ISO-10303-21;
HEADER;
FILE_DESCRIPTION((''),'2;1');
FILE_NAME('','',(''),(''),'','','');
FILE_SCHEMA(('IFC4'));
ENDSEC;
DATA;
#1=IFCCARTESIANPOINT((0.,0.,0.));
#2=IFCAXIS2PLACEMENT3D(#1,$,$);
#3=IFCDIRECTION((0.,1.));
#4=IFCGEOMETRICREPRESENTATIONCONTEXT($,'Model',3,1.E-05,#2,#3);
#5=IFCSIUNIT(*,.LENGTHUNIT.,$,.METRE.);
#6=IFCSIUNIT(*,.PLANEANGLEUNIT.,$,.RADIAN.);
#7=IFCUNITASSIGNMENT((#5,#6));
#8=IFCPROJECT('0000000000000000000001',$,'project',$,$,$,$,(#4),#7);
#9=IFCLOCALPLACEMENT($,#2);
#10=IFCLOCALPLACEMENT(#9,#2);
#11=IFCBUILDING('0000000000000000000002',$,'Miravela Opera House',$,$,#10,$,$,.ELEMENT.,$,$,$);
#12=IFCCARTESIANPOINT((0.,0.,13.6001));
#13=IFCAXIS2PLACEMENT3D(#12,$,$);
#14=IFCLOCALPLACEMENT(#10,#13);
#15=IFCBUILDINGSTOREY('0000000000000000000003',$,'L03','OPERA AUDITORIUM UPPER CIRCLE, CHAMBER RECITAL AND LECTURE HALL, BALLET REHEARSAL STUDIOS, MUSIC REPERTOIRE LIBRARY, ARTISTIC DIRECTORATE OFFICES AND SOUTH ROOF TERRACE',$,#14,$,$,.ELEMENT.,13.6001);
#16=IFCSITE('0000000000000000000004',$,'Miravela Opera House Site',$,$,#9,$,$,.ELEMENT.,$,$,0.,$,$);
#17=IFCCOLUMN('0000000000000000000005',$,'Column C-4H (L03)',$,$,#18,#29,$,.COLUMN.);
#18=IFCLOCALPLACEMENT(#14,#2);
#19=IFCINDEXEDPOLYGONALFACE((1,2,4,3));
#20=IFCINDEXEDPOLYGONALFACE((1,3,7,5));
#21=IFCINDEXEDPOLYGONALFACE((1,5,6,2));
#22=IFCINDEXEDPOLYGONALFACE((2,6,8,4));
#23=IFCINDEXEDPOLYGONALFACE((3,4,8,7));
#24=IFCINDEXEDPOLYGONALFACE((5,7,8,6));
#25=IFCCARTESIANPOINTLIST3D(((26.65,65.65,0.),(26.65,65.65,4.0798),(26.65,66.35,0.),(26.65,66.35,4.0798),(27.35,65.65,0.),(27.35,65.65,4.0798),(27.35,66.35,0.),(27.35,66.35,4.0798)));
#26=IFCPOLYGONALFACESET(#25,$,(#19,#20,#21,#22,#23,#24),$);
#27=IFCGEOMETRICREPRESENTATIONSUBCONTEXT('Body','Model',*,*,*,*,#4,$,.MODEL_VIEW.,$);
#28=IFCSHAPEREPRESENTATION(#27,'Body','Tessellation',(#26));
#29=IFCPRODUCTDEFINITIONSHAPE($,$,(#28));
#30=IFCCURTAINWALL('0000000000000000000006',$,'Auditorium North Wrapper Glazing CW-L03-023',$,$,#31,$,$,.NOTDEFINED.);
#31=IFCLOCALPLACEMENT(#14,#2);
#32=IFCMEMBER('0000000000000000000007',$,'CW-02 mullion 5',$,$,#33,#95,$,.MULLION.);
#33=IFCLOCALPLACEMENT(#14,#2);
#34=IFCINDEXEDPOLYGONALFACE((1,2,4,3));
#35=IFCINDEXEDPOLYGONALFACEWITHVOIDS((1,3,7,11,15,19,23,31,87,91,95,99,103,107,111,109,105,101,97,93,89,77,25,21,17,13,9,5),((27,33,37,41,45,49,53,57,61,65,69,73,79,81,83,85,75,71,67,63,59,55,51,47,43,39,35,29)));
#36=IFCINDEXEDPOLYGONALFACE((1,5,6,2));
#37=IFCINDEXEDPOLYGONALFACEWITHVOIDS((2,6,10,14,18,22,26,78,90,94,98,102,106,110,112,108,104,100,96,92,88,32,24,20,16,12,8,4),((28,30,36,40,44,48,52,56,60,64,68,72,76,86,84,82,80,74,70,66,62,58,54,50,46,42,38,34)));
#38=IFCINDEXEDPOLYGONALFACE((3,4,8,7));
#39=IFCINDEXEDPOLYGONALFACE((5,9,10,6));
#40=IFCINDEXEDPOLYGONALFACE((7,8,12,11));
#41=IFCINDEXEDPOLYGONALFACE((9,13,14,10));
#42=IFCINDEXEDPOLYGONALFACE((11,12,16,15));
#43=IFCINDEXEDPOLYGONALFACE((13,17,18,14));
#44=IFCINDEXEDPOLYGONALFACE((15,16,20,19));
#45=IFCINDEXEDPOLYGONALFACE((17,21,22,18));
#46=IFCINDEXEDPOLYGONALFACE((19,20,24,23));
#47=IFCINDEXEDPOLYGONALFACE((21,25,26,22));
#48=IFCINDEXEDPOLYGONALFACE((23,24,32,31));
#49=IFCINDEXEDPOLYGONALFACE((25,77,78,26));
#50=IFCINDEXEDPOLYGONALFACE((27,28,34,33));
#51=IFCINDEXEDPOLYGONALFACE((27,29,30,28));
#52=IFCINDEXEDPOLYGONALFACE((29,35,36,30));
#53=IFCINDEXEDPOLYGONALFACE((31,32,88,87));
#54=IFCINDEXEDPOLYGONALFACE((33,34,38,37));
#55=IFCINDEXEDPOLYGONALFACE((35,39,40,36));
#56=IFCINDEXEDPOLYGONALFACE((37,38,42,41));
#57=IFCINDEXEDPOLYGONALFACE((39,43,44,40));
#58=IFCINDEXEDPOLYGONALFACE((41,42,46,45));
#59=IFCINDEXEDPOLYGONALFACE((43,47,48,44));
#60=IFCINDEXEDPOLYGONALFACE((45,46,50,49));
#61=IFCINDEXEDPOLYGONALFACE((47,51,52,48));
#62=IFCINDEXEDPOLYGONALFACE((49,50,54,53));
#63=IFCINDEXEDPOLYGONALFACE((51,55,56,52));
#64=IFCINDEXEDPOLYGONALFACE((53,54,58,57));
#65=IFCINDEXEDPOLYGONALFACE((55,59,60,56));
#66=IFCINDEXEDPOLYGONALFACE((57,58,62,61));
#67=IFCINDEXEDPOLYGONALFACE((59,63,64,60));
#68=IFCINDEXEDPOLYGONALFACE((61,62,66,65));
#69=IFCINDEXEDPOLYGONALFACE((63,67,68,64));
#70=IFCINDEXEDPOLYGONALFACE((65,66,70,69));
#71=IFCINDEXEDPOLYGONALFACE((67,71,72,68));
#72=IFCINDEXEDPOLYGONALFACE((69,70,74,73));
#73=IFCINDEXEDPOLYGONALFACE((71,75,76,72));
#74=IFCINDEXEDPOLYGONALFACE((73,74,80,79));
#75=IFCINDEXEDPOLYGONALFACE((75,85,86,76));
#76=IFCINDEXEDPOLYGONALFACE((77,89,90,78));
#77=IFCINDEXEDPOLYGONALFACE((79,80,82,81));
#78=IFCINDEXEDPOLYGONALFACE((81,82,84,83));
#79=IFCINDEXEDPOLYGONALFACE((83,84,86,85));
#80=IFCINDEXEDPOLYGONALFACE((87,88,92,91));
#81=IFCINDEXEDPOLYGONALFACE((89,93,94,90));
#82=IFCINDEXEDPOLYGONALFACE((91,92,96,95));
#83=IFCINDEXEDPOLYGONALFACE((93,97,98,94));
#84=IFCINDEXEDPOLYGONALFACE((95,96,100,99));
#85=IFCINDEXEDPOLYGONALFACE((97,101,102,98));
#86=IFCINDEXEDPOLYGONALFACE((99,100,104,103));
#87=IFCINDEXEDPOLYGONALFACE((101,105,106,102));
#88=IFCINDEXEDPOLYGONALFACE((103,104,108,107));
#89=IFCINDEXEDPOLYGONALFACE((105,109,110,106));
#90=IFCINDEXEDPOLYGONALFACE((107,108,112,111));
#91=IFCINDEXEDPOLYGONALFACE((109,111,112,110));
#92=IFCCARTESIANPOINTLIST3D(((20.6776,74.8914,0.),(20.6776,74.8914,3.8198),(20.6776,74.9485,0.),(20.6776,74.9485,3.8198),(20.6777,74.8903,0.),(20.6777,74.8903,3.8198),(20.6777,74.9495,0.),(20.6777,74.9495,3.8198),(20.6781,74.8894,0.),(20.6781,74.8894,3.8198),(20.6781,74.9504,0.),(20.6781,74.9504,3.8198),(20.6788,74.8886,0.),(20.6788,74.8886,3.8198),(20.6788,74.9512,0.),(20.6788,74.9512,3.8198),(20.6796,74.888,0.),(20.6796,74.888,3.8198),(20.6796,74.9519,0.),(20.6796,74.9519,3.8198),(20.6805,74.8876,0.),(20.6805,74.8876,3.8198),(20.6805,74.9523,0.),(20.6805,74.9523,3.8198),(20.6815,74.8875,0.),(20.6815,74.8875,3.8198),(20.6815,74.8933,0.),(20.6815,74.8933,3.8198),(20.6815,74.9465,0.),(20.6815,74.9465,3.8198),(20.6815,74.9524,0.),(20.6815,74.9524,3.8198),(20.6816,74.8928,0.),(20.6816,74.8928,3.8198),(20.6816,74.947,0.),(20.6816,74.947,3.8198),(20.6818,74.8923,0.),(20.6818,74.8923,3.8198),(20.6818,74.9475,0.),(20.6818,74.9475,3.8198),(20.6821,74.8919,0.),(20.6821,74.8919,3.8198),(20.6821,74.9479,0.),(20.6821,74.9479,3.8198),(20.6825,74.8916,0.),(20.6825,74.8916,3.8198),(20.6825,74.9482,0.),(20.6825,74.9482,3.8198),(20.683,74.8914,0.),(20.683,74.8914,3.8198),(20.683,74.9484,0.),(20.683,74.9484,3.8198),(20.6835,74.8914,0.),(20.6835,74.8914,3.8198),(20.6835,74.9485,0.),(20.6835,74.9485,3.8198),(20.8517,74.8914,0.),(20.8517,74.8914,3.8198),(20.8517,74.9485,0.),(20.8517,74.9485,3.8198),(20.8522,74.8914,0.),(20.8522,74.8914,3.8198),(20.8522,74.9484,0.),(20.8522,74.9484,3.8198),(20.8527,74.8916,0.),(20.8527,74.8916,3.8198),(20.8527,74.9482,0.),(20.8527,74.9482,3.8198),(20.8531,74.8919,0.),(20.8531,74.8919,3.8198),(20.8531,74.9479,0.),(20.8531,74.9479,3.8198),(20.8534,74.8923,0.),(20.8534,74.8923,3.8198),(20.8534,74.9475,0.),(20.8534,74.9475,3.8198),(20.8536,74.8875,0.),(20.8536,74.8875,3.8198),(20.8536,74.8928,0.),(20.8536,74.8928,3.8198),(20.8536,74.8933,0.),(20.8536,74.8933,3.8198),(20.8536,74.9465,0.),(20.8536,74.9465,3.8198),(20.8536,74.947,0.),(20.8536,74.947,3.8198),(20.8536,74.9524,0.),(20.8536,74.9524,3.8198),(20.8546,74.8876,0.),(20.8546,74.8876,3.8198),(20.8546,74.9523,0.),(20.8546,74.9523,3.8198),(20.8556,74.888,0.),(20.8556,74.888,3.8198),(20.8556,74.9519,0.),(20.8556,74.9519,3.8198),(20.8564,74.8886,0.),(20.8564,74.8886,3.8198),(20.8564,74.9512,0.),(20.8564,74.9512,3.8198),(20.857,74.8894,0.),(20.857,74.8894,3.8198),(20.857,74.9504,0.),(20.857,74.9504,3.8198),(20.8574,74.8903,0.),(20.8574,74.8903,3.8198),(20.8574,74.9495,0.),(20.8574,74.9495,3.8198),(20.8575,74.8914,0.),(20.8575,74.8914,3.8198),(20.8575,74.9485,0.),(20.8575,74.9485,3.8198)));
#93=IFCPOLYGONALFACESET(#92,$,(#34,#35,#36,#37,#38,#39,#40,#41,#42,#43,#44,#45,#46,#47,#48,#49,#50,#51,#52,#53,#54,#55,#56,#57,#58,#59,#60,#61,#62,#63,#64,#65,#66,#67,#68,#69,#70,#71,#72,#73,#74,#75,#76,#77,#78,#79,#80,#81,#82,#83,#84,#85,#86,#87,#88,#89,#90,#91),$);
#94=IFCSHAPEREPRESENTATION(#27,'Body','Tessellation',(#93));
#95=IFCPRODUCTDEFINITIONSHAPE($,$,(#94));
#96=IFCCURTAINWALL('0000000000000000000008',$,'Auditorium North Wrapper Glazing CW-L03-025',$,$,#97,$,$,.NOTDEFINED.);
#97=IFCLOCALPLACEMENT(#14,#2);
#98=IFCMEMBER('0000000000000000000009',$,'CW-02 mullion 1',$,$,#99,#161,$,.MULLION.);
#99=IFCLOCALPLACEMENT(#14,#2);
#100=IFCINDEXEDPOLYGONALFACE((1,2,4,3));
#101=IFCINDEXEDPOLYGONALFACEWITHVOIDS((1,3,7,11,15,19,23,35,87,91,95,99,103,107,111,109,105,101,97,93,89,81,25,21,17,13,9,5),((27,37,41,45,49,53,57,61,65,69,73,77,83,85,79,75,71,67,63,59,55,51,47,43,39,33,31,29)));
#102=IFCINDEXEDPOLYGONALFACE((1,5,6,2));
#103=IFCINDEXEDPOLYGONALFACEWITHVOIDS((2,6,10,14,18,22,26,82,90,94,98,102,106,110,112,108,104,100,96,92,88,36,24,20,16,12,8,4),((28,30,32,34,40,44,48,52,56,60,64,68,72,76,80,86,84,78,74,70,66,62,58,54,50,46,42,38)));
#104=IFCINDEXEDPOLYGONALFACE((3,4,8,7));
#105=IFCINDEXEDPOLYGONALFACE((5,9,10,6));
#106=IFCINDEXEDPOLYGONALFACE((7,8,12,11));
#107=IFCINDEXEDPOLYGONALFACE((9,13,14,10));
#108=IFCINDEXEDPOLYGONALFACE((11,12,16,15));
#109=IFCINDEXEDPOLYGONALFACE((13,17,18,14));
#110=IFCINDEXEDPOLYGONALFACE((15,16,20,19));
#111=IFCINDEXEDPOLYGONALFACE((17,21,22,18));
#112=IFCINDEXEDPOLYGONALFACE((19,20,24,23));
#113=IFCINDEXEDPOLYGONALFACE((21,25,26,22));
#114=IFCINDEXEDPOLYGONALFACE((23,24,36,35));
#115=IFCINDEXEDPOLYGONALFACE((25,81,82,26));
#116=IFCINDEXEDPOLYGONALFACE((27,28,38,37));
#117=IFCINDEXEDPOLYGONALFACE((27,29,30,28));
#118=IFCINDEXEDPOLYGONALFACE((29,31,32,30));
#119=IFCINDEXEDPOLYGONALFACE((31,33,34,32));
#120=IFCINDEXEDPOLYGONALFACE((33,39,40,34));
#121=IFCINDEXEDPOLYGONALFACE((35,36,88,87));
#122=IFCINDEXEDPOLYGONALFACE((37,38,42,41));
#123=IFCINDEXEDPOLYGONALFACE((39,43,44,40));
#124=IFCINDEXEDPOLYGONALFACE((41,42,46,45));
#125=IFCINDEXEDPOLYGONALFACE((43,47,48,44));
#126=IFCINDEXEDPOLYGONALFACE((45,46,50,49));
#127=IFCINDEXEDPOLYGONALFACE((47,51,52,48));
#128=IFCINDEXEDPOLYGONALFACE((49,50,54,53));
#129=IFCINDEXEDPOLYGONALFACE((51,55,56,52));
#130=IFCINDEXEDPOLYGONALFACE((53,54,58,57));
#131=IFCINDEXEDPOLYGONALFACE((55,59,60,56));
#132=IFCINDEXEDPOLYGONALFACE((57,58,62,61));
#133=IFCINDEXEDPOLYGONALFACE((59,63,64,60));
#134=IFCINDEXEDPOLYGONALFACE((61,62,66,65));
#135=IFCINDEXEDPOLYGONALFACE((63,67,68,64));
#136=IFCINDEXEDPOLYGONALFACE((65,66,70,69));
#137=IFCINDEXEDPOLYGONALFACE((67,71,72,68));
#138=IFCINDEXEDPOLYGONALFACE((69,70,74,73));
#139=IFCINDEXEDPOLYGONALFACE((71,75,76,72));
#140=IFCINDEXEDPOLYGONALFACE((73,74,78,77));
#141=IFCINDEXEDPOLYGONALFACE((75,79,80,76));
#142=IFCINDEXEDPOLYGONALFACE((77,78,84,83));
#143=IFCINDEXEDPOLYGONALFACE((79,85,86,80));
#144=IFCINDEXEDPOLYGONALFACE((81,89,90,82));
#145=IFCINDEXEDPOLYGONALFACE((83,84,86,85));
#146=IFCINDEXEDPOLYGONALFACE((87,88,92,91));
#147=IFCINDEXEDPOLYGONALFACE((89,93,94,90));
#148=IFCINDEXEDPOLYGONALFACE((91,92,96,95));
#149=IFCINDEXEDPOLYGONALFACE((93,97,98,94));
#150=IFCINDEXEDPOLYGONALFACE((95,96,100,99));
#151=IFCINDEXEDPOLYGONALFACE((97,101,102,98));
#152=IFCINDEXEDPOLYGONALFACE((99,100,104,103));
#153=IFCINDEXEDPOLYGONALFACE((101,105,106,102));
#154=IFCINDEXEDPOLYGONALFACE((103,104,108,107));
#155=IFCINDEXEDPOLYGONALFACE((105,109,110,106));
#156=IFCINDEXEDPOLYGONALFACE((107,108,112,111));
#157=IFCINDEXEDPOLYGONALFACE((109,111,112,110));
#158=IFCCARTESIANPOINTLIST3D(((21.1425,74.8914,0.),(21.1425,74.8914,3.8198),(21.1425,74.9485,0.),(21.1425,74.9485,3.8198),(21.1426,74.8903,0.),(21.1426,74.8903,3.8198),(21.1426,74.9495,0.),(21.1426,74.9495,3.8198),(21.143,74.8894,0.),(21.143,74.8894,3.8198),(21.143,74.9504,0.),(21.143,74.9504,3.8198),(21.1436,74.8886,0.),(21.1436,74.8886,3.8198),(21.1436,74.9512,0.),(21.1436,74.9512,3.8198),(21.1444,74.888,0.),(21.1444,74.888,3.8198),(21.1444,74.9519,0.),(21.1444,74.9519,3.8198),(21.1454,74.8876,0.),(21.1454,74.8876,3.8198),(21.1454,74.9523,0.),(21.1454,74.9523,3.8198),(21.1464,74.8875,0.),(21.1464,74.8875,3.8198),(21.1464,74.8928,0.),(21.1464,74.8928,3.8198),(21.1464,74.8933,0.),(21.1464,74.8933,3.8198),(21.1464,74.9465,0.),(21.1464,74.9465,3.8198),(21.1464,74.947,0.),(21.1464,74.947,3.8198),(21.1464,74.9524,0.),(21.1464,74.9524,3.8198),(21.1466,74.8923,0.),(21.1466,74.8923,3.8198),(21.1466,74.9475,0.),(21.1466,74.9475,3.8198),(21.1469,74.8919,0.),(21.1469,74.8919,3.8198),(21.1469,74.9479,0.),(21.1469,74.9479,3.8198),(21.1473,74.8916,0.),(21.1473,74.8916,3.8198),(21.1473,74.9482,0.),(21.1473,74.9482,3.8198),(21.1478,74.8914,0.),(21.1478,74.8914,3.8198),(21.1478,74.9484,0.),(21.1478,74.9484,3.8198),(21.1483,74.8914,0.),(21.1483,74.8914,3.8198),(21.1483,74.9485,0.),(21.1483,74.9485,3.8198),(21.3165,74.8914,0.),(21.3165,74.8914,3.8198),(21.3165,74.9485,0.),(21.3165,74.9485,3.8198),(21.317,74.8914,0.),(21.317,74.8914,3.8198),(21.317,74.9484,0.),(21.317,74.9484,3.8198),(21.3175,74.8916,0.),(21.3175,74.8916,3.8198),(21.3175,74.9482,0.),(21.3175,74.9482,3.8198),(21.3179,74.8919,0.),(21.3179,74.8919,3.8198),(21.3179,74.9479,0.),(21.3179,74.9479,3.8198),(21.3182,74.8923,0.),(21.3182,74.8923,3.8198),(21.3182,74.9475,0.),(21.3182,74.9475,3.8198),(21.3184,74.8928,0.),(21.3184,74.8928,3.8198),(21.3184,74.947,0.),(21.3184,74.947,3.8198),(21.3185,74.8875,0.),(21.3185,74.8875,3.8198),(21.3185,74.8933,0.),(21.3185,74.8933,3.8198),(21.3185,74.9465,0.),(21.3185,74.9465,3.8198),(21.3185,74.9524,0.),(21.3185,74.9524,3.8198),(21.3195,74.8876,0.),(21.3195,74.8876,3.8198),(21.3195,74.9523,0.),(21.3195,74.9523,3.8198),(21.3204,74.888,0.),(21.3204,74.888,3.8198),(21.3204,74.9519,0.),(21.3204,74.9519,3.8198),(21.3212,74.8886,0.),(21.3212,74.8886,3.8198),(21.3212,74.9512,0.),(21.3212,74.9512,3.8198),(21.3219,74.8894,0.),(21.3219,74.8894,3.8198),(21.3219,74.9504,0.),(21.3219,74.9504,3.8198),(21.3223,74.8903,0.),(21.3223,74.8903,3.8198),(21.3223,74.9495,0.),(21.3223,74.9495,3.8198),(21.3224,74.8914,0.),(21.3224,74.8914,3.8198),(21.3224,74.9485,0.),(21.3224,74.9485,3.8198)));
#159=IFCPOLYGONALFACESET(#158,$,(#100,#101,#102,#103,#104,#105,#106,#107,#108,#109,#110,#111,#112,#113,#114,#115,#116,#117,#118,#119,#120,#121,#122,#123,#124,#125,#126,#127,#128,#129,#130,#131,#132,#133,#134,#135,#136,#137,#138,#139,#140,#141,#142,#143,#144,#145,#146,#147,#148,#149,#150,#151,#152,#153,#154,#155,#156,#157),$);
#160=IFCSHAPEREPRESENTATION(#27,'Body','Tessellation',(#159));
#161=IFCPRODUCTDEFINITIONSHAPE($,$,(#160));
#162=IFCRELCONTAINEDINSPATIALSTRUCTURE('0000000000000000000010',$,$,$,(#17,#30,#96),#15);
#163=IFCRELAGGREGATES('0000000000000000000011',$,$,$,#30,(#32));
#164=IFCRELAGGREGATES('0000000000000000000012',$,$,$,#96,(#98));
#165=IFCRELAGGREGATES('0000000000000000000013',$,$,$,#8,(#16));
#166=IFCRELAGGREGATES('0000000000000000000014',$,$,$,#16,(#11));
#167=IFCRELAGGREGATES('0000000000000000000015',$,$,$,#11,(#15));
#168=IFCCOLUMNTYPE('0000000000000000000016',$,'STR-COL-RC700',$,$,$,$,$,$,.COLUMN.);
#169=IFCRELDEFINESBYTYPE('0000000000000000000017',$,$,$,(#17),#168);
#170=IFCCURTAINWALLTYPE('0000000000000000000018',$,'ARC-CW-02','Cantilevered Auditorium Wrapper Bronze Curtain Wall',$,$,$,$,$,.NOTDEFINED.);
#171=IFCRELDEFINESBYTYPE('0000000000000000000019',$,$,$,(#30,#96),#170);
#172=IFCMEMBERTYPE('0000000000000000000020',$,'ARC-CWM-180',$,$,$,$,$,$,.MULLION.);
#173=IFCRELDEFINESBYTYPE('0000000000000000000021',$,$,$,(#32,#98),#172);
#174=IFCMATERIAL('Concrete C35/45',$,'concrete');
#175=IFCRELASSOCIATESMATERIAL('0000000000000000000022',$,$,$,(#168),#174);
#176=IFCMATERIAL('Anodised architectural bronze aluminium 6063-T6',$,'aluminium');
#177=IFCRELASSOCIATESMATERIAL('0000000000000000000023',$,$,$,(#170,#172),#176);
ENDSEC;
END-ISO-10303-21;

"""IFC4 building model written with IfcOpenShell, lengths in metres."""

from ifc_helpers import new_model, si_unit, direction, frame, origin, origin_2d, place, context, subcontext, project, spatial, rectangle, hollow_rectangle, extrude, material, material_profile, profile_set, type_object, element, aggregate, save


model = new_model("IFC4")

# Units and contexts
model_context = context("Model", 3, precision=1e-05, world=origin(), true_north=direction((0.0, 1.0)))
body_context = subcontext(model_context, "Body", "Model", "MODEL_VIEW")
ifc_project = project(units=[si_unit("LENGTHUNIT", "METRE"), si_unit("PLANEANGLEUNIT", "RADIAN")], contexts=[model_context])

# Site, building, storey
site_placement = place(None, origin())
site = spatial("IfcSite", under=ifc_project, at=site_placement, Name="Miravela Opera House Site", CompositionType="ELEMENT", RefElevation=0.0)
building_placement = place(site_placement, origin())
building = spatial("IfcBuilding", under=site, at=building_placement, Name="Miravela Opera House", CompositionType="ELEMENT")
storey_placement = place(building_placement, frame((0.0, 0.0, 13.6001)))
storey = spatial("IfcBuildingStorey", under=building, at=storey_placement, Name="L03", Description="OPERA AUDITORIUM UPPER CIRCLE, CHAMBER RECITAL AND LECTURE HALL, BALLET REHEARSAL STUDIOS, MUSIC REPERTOIRE LIBRARY, ARTISTIC DIRECTORATE OFFICES AND SOUTH ROOF TERRACE", CompositionType="ELEMENT", Elevation=13.6001)

# Column
ifc_material_1 = material(Name="Concrete C35/45", Category="concrete")
ifc_material_profile_1 = material_profile(ifc_material_1, rectangle(XDim=0.7, YDim=0.7, at=origin_2d()), Name="RC-COL-700X700")
ifc_profile_set_1 = profile_set([ifc_material_profile_1])
column_type = type_object("IfcColumnType", Name="STR-COL-RC700", PredefinedType="COLUMN", material=ifc_profile_set_1)
column_placement = place(storey_placement, frame((27.0, 66.0, 0.0), z_axis=(0.0, 0.0, 1.0), x_axis=(1.0, 0.0, 0.0)))
element("IfcColumn", 1, at=column_placement, inside=storey, type_object=column_type, Name="Column C-4H (L03)", PredefinedType="COLUMN", context=body_context, shape_type="SweptSolid", body=[
    extrude(rectangle(XDim=0.7, YDim=0.7, at=origin_2d()), origin(), (0.0, 0.0, 1.0), 4.0798),
])

# Curtain wall, member
ifc_material_2 = material(Name="Anodised architectural bronze aluminium 6063-T6", Category="aluminium")
curtain_wall_type = type_object("IfcCurtainWallType", Name="ARC-CW-02", Description="Cantilevered Auditorium Wrapper Bronze Curtain Wall", PredefinedType="NOTDEFINED", material=ifc_material_2)
curtain_wall_1_placement = place(storey_placement, origin())
curtain_wall_1 = element("IfcCurtainWall", 2, at=curtain_wall_1_placement, inside=storey, type_object=curtain_wall_type, Name="Auditorium North Wrapper Glazing CW-L03-023", PredefinedType="NOTDEFINED")
ifc_material_profile_2 = material_profile(ifc_material_2, hollow_rectangle(XDim=0.0649, YDim=0.1799, WallThickness=0.0039, InnerFilletRadius=0.002, OuterFilletRadius=0.0039, at=origin_2d()), Name="CWM-65X180")
ifc_profile_set_2 = profile_set([ifc_material_profile_2])
member_type_1 = type_object("IfcMemberType", Name="ARC-CWM-180", PredefinedType="MULLION", material=ifc_profile_set_2)
member_1_placement = place(storey_placement, frame((20.7676, 74.9199, 0.0), z_axis=(0.0, 0.0, 1.0), x_axis=(0.0, 1.0, 0.0)))
member_1 = element("IfcMember", 3, at=member_1_placement, type_object=member_type_1, Name="CW-02 mullion 5", PredefinedType="MULLION", context=body_context, shape_type="SweptSolid", body=[
    extrude(hollow_rectangle(XDim=0.0649, YDim=0.1799, WallThickness=0.0039, InnerFilletRadius=0.002, OuterFilletRadius=0.0039, at=origin_2d()), origin(), (0.0, 0.0, 1.0), 3.8198),
])
aggregate(curtain_wall_1, [member_1])

# Curtain wall, member
curtain_wall_2_placement = place(storey_placement, origin())
curtain_wall_2 = element("IfcCurtainWall", 4, at=curtain_wall_2_placement, inside=storey, type_object=curtain_wall_type, Name="Auditorium North Wrapper Glazing CW-L03-025", PredefinedType="NOTDEFINED")
member_2_placement = place(storey_placement, frame((21.2324, 74.9199, 0.0), z_axis=(0.0, 0.0, 1.0), x_axis=(0.0, 1.0, 0.0)))
member_2 = element("IfcMember", 5, at=member_2_placement, type_object=member_type_1, Name="CW-02 mullion 1", PredefinedType="MULLION", context=body_context, shape_type="SweptSolid", body=[
    extrude(hollow_rectangle(XDim=0.0649, YDim=0.1799, WallThickness=0.0039, InnerFilletRadius=0.002, OuterFilletRadius=0.0039, at=origin_2d()), origin(), (0.0, 0.0, 1.0), 3.8198),
])

aggregate(curtain_wall_2, [member_2])

save(model, "model.ifc")
